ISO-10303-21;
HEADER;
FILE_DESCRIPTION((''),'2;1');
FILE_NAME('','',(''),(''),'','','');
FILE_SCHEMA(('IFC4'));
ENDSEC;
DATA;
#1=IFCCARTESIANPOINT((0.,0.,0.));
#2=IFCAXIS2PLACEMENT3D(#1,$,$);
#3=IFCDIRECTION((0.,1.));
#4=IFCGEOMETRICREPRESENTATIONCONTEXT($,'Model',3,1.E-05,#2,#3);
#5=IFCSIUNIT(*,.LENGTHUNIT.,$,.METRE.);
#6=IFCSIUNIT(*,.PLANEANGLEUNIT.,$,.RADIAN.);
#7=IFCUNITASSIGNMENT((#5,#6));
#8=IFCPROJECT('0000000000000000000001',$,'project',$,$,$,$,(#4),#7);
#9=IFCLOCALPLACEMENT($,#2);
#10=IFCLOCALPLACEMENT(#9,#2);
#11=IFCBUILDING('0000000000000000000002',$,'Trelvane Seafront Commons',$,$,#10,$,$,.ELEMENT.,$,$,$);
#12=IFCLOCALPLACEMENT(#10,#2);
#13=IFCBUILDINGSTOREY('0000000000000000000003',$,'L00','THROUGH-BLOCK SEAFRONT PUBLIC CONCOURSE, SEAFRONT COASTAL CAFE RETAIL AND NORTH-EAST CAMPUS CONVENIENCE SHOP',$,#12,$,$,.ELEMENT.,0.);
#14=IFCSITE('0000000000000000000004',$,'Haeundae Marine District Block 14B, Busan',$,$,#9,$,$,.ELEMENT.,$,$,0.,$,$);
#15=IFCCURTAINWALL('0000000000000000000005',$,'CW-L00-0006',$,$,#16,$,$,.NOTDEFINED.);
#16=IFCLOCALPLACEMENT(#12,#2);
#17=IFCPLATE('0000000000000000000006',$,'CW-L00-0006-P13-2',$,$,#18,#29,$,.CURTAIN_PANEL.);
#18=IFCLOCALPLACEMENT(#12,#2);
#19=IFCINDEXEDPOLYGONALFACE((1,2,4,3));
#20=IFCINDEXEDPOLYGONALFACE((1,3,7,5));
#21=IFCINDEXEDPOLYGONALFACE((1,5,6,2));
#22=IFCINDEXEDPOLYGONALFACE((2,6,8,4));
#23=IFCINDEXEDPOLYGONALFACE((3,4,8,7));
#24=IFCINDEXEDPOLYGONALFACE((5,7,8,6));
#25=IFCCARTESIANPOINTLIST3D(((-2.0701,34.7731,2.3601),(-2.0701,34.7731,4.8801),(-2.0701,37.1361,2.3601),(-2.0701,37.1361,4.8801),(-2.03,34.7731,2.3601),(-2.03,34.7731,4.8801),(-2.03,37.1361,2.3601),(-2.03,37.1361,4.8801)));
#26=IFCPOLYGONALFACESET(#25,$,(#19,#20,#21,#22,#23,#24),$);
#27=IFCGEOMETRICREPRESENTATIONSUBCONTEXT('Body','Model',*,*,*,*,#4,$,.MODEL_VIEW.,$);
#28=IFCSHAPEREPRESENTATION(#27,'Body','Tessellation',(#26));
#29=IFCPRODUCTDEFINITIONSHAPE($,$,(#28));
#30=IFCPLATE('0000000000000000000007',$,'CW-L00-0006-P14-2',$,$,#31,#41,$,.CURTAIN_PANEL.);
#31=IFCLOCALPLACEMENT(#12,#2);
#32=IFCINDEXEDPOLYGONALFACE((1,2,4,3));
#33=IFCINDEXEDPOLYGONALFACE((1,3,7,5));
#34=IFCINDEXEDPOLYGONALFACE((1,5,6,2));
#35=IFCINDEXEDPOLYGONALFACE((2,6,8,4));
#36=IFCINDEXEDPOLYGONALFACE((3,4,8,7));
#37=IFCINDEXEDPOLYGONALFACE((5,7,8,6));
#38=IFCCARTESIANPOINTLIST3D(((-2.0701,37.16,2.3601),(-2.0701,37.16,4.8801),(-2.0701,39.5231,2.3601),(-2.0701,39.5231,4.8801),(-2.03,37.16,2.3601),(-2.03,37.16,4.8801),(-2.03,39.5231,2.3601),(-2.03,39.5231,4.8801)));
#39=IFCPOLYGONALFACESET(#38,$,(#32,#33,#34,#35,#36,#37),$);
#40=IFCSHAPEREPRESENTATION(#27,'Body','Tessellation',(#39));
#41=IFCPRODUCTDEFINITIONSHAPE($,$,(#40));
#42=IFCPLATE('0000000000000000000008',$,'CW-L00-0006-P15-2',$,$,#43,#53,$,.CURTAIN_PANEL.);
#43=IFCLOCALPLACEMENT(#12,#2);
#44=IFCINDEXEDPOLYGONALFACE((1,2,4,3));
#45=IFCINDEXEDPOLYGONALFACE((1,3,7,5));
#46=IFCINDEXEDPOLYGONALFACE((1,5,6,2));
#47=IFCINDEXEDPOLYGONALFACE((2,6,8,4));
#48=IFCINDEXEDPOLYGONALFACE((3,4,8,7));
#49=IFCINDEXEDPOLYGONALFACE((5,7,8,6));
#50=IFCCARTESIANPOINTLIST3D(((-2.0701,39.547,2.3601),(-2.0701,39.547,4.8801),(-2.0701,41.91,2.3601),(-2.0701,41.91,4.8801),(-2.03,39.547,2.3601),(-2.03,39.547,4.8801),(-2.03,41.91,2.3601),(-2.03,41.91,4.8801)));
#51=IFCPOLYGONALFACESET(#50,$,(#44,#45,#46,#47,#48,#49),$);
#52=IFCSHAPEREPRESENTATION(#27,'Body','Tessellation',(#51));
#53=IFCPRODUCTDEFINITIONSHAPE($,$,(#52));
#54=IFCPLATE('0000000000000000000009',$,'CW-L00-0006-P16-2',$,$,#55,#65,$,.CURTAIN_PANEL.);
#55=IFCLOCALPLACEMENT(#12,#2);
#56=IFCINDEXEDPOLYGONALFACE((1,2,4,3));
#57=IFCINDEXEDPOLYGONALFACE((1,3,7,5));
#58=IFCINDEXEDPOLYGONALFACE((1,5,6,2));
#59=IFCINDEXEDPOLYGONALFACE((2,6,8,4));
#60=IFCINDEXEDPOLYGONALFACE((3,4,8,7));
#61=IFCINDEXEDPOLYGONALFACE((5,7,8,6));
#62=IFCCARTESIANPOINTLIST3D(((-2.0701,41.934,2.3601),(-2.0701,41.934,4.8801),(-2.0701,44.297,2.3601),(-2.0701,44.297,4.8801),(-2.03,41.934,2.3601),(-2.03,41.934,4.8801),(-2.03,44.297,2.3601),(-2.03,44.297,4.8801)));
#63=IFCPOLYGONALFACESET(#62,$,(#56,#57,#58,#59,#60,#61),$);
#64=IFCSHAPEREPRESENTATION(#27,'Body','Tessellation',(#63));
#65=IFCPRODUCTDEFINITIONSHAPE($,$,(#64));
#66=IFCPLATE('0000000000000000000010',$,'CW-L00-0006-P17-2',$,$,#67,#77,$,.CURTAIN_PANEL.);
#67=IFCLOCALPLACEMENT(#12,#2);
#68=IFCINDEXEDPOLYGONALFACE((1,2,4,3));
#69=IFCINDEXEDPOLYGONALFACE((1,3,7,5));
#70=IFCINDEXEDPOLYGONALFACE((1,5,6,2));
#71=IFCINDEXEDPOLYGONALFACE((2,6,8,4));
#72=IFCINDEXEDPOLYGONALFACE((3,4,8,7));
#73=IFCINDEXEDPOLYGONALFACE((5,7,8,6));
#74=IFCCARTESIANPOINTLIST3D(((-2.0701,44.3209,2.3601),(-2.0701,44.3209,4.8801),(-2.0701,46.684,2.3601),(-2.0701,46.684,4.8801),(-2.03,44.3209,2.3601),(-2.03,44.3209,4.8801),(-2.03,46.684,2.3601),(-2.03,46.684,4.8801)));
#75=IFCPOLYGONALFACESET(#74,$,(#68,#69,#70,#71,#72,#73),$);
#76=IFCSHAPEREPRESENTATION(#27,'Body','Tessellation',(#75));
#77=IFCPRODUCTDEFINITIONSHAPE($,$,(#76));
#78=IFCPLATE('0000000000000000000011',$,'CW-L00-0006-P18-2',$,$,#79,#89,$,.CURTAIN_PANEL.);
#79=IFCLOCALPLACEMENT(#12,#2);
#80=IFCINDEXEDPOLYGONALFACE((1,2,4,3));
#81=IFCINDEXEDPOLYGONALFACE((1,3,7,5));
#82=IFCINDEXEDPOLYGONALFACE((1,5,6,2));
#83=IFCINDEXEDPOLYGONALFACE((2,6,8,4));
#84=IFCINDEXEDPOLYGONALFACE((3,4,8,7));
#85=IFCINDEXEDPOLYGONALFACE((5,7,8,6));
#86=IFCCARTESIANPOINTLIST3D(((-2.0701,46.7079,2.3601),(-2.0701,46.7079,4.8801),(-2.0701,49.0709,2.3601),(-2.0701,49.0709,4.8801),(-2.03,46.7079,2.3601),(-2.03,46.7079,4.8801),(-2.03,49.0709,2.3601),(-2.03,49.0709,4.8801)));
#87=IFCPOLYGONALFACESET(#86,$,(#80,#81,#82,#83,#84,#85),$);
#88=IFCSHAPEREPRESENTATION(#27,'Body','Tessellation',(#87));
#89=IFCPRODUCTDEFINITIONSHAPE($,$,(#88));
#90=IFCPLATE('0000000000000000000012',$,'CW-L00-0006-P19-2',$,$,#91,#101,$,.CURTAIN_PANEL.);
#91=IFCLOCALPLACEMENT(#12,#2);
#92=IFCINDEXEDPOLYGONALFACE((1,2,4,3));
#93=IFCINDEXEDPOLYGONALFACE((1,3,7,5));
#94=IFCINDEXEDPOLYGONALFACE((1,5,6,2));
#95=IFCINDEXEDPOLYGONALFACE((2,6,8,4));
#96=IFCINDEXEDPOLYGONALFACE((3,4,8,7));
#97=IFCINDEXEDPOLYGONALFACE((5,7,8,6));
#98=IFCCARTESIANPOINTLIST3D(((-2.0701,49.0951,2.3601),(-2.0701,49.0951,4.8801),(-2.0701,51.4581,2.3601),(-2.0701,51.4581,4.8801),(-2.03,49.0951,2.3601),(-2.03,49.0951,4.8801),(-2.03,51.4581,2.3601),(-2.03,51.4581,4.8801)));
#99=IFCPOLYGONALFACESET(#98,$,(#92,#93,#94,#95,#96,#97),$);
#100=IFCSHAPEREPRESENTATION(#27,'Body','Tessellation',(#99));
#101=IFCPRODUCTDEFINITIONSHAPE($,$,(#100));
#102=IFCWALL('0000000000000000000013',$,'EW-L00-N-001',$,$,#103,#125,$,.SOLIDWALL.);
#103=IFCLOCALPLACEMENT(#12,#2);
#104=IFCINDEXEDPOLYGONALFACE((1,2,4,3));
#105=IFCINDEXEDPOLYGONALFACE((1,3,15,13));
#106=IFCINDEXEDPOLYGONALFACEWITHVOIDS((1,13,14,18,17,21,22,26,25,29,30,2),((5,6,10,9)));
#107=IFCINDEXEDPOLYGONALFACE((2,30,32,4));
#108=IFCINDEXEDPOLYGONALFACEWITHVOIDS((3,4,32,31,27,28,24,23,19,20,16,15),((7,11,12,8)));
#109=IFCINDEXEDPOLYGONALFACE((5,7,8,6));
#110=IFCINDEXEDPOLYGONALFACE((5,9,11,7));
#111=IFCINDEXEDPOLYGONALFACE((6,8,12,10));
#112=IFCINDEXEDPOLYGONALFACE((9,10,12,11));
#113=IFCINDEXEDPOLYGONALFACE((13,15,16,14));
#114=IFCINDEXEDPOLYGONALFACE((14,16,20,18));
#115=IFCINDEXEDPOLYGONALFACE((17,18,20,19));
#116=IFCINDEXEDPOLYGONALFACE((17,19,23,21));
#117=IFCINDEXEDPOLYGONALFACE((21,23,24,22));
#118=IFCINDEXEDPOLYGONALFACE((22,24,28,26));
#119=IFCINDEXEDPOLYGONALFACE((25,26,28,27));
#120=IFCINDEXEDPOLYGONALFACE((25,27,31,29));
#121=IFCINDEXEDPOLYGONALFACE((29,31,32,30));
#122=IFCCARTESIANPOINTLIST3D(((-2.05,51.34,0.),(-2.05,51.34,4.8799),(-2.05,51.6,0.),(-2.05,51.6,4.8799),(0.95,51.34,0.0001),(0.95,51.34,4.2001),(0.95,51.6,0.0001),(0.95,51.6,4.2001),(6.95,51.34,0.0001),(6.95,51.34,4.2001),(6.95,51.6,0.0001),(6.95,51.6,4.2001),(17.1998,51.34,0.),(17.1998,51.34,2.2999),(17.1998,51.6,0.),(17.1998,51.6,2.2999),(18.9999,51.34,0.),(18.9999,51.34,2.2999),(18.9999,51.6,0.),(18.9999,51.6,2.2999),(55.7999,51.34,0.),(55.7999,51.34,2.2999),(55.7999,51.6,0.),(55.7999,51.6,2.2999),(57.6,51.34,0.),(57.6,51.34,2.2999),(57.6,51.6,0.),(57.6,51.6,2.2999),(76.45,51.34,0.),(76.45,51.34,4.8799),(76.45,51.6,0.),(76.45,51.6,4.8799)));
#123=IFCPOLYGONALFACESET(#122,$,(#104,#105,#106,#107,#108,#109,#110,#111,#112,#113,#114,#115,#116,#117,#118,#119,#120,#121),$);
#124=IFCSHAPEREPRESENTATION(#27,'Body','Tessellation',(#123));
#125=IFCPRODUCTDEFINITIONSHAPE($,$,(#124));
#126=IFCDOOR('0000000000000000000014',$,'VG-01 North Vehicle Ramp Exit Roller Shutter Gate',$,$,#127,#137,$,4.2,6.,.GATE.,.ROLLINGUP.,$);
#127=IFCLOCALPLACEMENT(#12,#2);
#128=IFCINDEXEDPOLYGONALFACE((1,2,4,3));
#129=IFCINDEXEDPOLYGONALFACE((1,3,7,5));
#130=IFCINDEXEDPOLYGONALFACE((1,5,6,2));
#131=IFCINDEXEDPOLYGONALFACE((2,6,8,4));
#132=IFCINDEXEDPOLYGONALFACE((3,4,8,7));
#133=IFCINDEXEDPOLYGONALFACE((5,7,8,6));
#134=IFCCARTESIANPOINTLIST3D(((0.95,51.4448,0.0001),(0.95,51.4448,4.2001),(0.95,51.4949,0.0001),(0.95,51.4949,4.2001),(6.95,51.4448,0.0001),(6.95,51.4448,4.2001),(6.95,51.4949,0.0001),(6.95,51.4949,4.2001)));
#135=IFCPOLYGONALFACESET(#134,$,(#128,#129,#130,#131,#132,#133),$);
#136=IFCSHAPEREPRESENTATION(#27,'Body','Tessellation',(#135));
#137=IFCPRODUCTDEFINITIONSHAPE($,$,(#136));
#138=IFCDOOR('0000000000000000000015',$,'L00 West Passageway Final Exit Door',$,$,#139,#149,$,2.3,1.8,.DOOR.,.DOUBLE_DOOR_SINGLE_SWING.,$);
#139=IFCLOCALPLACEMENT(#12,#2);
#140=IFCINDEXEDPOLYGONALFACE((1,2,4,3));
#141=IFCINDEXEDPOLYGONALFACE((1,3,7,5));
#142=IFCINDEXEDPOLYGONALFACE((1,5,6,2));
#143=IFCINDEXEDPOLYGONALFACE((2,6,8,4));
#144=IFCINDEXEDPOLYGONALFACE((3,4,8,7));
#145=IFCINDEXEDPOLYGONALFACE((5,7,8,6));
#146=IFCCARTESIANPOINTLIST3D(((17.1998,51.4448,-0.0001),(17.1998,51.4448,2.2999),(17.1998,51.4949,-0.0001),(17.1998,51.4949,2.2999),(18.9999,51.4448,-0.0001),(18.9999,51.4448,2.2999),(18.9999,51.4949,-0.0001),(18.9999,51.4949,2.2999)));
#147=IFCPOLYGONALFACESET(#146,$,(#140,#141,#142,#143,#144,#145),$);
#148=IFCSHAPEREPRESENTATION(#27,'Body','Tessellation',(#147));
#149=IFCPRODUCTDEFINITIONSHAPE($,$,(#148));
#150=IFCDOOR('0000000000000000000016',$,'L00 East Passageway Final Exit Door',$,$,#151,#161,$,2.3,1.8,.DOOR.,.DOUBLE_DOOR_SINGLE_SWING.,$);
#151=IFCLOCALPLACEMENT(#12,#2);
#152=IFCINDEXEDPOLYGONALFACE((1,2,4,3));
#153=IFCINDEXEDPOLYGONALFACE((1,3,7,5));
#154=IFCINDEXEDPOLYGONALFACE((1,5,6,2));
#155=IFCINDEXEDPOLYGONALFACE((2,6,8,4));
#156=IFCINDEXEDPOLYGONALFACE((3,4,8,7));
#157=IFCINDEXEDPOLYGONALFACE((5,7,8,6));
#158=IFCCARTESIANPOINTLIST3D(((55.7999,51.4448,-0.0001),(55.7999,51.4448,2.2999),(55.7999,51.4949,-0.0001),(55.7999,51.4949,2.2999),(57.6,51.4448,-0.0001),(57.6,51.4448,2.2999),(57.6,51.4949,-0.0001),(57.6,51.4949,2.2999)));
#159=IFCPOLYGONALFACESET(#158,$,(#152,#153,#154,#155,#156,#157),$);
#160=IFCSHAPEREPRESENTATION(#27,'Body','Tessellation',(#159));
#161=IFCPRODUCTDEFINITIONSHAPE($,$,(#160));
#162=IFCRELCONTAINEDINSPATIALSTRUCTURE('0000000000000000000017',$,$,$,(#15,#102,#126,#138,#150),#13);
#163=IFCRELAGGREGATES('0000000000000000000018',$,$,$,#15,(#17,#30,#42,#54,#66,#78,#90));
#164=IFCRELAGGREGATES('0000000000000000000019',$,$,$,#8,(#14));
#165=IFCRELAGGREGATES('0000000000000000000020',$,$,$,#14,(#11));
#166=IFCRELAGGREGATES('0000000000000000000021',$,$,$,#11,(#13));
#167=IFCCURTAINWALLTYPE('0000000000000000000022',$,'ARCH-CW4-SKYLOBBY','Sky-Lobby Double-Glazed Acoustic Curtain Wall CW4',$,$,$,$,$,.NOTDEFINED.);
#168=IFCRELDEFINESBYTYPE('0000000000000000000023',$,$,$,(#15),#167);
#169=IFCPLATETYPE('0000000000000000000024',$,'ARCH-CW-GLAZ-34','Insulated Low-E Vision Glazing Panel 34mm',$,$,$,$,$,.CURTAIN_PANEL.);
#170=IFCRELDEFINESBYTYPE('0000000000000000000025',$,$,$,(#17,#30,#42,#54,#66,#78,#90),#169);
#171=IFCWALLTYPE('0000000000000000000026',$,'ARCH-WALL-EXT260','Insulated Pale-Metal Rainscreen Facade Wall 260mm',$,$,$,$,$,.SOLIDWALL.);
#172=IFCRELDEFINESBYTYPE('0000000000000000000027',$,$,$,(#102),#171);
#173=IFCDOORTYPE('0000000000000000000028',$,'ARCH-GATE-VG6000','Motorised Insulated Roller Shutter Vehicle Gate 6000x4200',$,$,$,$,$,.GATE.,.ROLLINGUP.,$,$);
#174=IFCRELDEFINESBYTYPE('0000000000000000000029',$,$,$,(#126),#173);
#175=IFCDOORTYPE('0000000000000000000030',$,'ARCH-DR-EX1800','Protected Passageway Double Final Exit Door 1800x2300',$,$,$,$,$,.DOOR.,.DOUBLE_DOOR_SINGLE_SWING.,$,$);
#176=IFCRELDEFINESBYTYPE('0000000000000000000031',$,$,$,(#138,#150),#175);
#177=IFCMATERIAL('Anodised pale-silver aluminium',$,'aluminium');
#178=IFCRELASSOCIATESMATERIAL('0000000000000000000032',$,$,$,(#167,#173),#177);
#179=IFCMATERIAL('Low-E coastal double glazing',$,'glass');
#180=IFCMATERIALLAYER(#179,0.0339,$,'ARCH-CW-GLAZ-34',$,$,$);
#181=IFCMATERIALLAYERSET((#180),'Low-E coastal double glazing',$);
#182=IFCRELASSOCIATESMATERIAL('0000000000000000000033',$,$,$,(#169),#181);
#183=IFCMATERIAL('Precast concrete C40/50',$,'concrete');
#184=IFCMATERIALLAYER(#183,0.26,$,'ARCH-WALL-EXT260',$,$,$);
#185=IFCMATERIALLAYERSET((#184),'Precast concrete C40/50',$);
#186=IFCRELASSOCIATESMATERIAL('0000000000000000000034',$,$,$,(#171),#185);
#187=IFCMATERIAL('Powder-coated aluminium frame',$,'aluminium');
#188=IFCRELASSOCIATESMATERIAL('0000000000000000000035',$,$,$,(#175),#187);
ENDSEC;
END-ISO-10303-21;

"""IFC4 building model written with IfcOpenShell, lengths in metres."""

from ifc_helpers import new_model, si_unit, direction, frame, frame_2d, origin, origin_2d, place, context, subcontext, project, spatial, rectangle, extrude, source, transform, mapped, material, layer, layer_set, type_object, element, fill, aggregate, save


model = new_model("IFC4")

# Units and contexts
model_context = context("Model", 3, precision=1e-05, world=origin(), true_north=direction((0.0, 1.0)))
body_context = subcontext(model_context, "Body", "Model", "MODEL_VIEW")
ifc_project = project(units=[si_unit("LENGTHUNIT", "METRE"), si_unit("PLANEANGLEUNIT", "RADIAN")], contexts=[model_context])

# Site, building, storey
site_placement = place(None, origin())
site = spatial("IfcSite", under=ifc_project, at=site_placement, Name="Haeundae Marine District Block 14B, Busan", CompositionType="ELEMENT", RefElevation=0.0)
building_placement = place(site_placement, origin())
building = spatial("IfcBuilding", under=site, at=building_placement, Name="Trelvane Seafront Commons", CompositionType="ELEMENT")
storey_placement = place(building_placement, origin())
storey = spatial("IfcBuildingStorey", under=building, at=storey_placement, Name="L00", Description="THROUGH-BLOCK SEAFRONT PUBLIC CONCOURSE, SEAFRONT COASTAL CAFE RETAIL AND NORTH-EAST CAMPUS CONVENIENCE SHOP", CompositionType="ELEMENT", Elevation=0.0)

# Curtain wall, plates
ifc_material_1 = material(Name="Anodised pale-silver aluminium", Category="aluminium")
curtain_wall_type = type_object("IfcCurtainWallType", Name="ARCH-CW4-SKYLOBBY", Description="Sky-Lobby Double-Glazed Acoustic Curtain Wall CW4", PredefinedType="NOTDEFINED", material=ifc_material_1)
curtain_wall_placement = place(storey_placement, origin())
curtain_wall = element("IfcCurtainWall", 1, at=curtain_wall_placement, inside=storey, type_object=curtain_wall_type, Name="CW-L00-0006", PredefinedType="NOTDEFINED")
ifc_material_2 = material(Name="Low-E coastal double glazing", Category="glass")
ifc_layer_1 = layer(ifc_material_2, 0.0339, Name="ARCH-CW-GLAZ-34")
ifc_layer_set_1 = layer_set([ifc_layer_1], Name="Low-E coastal double glazing")
plate_type = type_object("IfcPlateType", Name="ARCH-CW-GLAZ-34", Description="Insulated Low-E Vision Glazing Panel 34mm", PredefinedType="CURTAIN_PANEL", material=ifc_layer_set_1)
shared_shape_1 = source(origin(), body_context, "Body", "SweptSolid", [
    extrude(rectangle(XDim=2.363, YDim=0.04, at=origin_2d()), origin(), (0.0, 0.0, 1.0), 2.52),
])
plate_1_placement = place(storey_placement, frame((-2.05, 35.9546, 2.3601), z_axis=(0.0, 0.0, 1.0), x_axis=(0.0, 1.0, 0.0)))
plate_1 = element("IfcPlate", 2, at=plate_1_placement, type_object=plate_type, Name="CW-L00-0006-P13-2", PredefinedType="CURTAIN_PANEL", context=body_context, shape_type="MappedRepresentation", body=[
    mapped(shared_shape_1, transform((0.0, 0.0, 0.0), x_axis=(1.0, 0.0, 0.0), y_axis=(0.0, 1.0, 0.0), z_axis=(0.0, 0.0, 1.0), scale=1.0)),
])
plate_2_placement = place(storey_placement, frame((-2.05, 38.3416, 2.3601), z_axis=(0.0, 0.0, 1.0), x_axis=(0.0, 1.0, 0.0)))
plate_2 = element("IfcPlate", 3, at=plate_2_placement, type_object=plate_type, Name="CW-L00-0006-P14-2", PredefinedType="CURTAIN_PANEL", context=body_context, shape_type="MappedRepresentation", body=[
    mapped(shared_shape_1, transform((0.0, 0.0, 0.0), x_axis=(1.0, 0.0, 0.0), y_axis=(0.0, 1.0, 0.0), z_axis=(0.0, 0.0, 1.0), scale=1.0)),
])
plate_3_placement = place(storey_placement, frame((-2.05, 40.7285, 2.3601), z_axis=(0.0, 0.0, 1.0), x_axis=(0.0, 1.0, 0.0)))
plate_3 = element("IfcPlate", 4, at=plate_3_placement, type_object=plate_type, Name="CW-L00-0006-P15-2", PredefinedType="CURTAIN_PANEL", context=body_context, shape_type="MappedRepresentation", body=[
    mapped(shared_shape_1, transform((0.0, 0.0, 0.0), x_axis=(1.0, 0.0, 0.0), y_axis=(0.0, 1.0, 0.0), z_axis=(0.0, 0.0, 1.0), scale=1.0)),
])
plate_4_placement = place(storey_placement, frame((-2.05, 43.1155, 2.3601), z_axis=(0.0, 0.0, 1.0), x_axis=(0.0, 1.0, 0.0)))
plate_4 = element("IfcPlate", 5, at=plate_4_placement, type_object=plate_type, Name="CW-L00-0006-P16-2", PredefinedType="CURTAIN_PANEL", context=body_context, shape_type="MappedRepresentation", body=[
    mapped(shared_shape_1, transform((0.0, 0.0, 0.0), x_axis=(1.0, 0.0, 0.0), y_axis=(0.0, 1.0, 0.0), z_axis=(0.0, 0.0, 1.0), scale=1.0)),
])
plate_5_placement = place(storey_placement, frame((-2.05, 45.5024, 2.3601), z_axis=(0.0, 0.0, 1.0), x_axis=(0.0, 1.0, 0.0)))
plate_5 = element("IfcPlate", 6, at=plate_5_placement, type_object=plate_type, Name="CW-L00-0006-P17-2", PredefinedType="CURTAIN_PANEL", context=body_context, shape_type="MappedRepresentation", body=[
    mapped(shared_shape_1, transform((0.0, 0.0, 0.0), x_axis=(1.0, 0.0, 0.0), y_axis=(0.0, 1.0, 0.0), z_axis=(0.0, 0.0, 1.0), scale=1.0)),
])
plate_6_placement = place(storey_placement, frame((-2.05, 47.8894, 2.3601), z_axis=(0.0, 0.0, 1.0), x_axis=(0.0, 1.0, 0.0)))
plate_6 = element("IfcPlate", 7, at=plate_6_placement, type_object=plate_type, Name="CW-L00-0006-P18-2", PredefinedType="CURTAIN_PANEL", context=body_context, shape_type="MappedRepresentation", body=[
    mapped(shared_shape_1, transform((0.0, 0.0, 0.0), x_axis=(1.0, 0.0, 0.0), y_axis=(0.0, 1.0, 0.0), z_axis=(0.0, 0.0, 1.0), scale=1.0)),
])
plate_7_placement = place(storey_placement, frame((-2.05, 50.2766, 2.3601), z_axis=(0.0, 0.0, 1.0), x_axis=(0.0, 1.0, 0.0)))
plate_7 = element("IfcPlate", 8, at=plate_7_placement, type_object=plate_type, Name="CW-L00-0006-P19-2", PredefinedType="CURTAIN_PANEL", context=body_context, shape_type="MappedRepresentation", body=[
    mapped(shared_shape_1, transform((0.0, 0.0, 0.0), x_axis=(1.0, 0.0, 0.0), y_axis=(0.0, 1.0, 0.0), z_axis=(0.0, 0.0, 1.0), scale=1.0)),
])
aggregate(curtain_wall, [plate_1, plate_2, plate_3, plate_4, plate_5, plate_6, plate_7])

# Wall, openings, doors
ifc_material_3 = material(Name="Precast concrete C40/50", Category="concrete")
ifc_layer_2 = layer(ifc_material_3, 0.26, Name="ARCH-WALL-EXT260")
ifc_layer_set_2 = layer_set([ifc_layer_2], Name="Precast concrete C40/50")
wall_type = type_object("IfcWallType", Name="ARCH-WALL-EXT260", Description="Insulated Pale-Metal Rainscreen Facade Wall 260mm", PredefinedType="SOLIDWALL", material=ifc_layer_set_2)
wall_placement = place(storey_placement, frame((-2.05, 51.47, 0.0), z_axis=(0.0, 0.0, 1.0), x_axis=(1.0, 0.0, 0.0)))
wall = element("IfcWall", 9, at=wall_placement, inside=storey, type_object=wall_type, Name="EW-L00-N-001", PredefinedType="SOLIDWALL", context=body_context, shape_type="SweptSolid", body=[
    extrude(rectangle(XDim=78.5, YDim=0.26, at=frame_2d((39.25, 0.0))), origin(), (0.0, 0.0, 1.0), 4.8799),
])
opening_1_placement = place(wall_placement, frame((3.0, 0.0, 0.0)))
opening_1 = element("IfcOpeningElement", 10, at=opening_1_placement, cuts=wall, PredefinedType="OPENING", context=body_context, shape_type="SweptSolid", body=[
    extrude(rectangle(XDim=6.0, YDim=4.2, at=frame_2d((3.0, 2.1001))), frame((0.0, 0.1399, 0.0), z_axis=(0.0, -1.0, 0.0), x_axis=(1.0, 0.0, 0.0)), (0.0, 0.0, 1.0), 0.28),
])
opening_2_placement = place(wall_placement, frame((19.25, 0.0, 0.0)))
opening_2 = element("IfcOpeningElement", 11, at=opening_2_placement, cuts=wall, PredefinedType="OPENING", context=body_context, shape_type="SweptSolid", body=[
    extrude(rectangle(XDim=1.8, YDim=2.3, at=frame_2d((0.8999, 1.1499))), frame((0.0, 0.1399, 0.0), z_axis=(0.0, -1.0, 0.0), x_axis=(1.0, 0.0, 0.0)), (0.0, 0.0, 1.0), 0.28),
])
opening_3_placement = place(wall_placement, frame((57.8501, 0.0, 0.0)))
opening_3 = element("IfcOpeningElement", 12, at=opening_3_placement, cuts=wall, PredefinedType="OPENING", context=body_context, shape_type="SweptSolid", body=[
    extrude(rectangle(XDim=1.8, YDim=2.3, at=frame_2d((0.8999, 1.1499))), frame((0.0, 0.1399, 0.0), z_axis=(0.0, -1.0, 0.0), x_axis=(1.0, 0.0, 0.0)), (0.0, 0.0, 1.0), 0.28),
])
door_type_1 = type_object("IfcDoorType", Name="ARCH-GATE-VG6000", Description="Motorised Insulated Roller Shutter Vehicle Gate 6000x4200", OperationType="ROLLINGUP", PredefinedType="GATE", material=ifc_material_1)
shared_shape_2 = source(origin(), body_context, "Body", "SweptSolid", [
    extrude(rectangle(XDim=6.0, YDim=4.2, at=frame_2d((3.0, 2.1001))), frame((0.0, 0.0249, 0.0), z_axis=(0.0, -1.0, 0.0), x_axis=(1.0, 0.0, 0.0)), (0.0, 0.0, 1.0), 0.05),
])
door_1_placement = place(opening_1_placement, origin())
door_1 = element("IfcDoor", 13, at=door_1_placement, inside=storey, type_object=door_type_1, Name="VG-01 North Vehicle Ramp Exit Roller Shutter Gate", OperationType="ROLLINGUP", OverallHeight=4.2, OverallWidth=6.0, PredefinedType="GATE", context=body_context, shape_type="MappedRepresentation", body=[
    mapped(shared_shape_2, transform((0.0, 0.0, 0.0), x_axis=(1.0, 0.0, 0.0), y_axis=(0.0, 1.0, 0.0), z_axis=(0.0, 0.0, 1.0), scale=1.0)),
])
fill(opening_1, door_1)
ifc_material_4 = material(Name="Powder-coated aluminium frame", Category="aluminium")
door_type_2 = type_object("IfcDoorType", Name="ARCH-DR-EX1800", Description="Protected Passageway Double Final Exit Door 1800x2300", OperationType="DOUBLE_DOOR_SINGLE_SWING", PredefinedType="DOOR", material=ifc_material_4)
shared_shape_3 = source(origin(), body_context, "Body", "SweptSolid", [
    extrude(rectangle(XDim=1.8, YDim=2.3, at=frame_2d((0.8999, 1.1499))), frame((0.0, 0.0249, 0.0), z_axis=(0.0, -1.0, 0.0), x_axis=(1.0, 0.0, 0.0)), (0.0, 0.0, 1.0), 0.05),
])
door_2_placement = place(opening_2_placement, origin())
door_2 = element("IfcDoor", 14, at=door_2_placement, inside=storey, type_object=door_type_2, Name="L00 West Passageway Final Exit Door", OperationType="DOUBLE_DOOR_SINGLE_SWING", OverallHeight=2.3, OverallWidth=1.8, PredefinedType="DOOR", context=body_context, shape_type="MappedRepresentation", body=[
    mapped(shared_shape_3, transform((0.0, 0.0, 0.0), x_axis=(1.0, 0.0, 0.0), y_axis=(0.0, 1.0, 0.0), z_axis=(0.0, 0.0, 1.0), scale=1.0)),
])
fill(opening_2, door_2)
door_3_placement = place(opening_3_placement, origin())
door_3 = element("IfcDoor", 15, at=door_3_placement, inside=storey, type_object=door_type_2, Name="L00 East Passageway Final Exit Door", OperationType="DOUBLE_DOOR_SINGLE_SWING", OverallHeight=2.3, OverallWidth=1.8, PredefinedType="DOOR", context=body_context, shape_type="MappedRepresentation", body=[
    mapped(shared_shape_3, transform((0.0, 0.0, 0.0), x_axis=(1.0, 0.0, 0.0), y_axis=(0.0, 1.0, 0.0), z_axis=(0.0, 0.0, 1.0), scale=1.0)),
])
fill(opening_3, door_3)

save(model, "model.ifc")
